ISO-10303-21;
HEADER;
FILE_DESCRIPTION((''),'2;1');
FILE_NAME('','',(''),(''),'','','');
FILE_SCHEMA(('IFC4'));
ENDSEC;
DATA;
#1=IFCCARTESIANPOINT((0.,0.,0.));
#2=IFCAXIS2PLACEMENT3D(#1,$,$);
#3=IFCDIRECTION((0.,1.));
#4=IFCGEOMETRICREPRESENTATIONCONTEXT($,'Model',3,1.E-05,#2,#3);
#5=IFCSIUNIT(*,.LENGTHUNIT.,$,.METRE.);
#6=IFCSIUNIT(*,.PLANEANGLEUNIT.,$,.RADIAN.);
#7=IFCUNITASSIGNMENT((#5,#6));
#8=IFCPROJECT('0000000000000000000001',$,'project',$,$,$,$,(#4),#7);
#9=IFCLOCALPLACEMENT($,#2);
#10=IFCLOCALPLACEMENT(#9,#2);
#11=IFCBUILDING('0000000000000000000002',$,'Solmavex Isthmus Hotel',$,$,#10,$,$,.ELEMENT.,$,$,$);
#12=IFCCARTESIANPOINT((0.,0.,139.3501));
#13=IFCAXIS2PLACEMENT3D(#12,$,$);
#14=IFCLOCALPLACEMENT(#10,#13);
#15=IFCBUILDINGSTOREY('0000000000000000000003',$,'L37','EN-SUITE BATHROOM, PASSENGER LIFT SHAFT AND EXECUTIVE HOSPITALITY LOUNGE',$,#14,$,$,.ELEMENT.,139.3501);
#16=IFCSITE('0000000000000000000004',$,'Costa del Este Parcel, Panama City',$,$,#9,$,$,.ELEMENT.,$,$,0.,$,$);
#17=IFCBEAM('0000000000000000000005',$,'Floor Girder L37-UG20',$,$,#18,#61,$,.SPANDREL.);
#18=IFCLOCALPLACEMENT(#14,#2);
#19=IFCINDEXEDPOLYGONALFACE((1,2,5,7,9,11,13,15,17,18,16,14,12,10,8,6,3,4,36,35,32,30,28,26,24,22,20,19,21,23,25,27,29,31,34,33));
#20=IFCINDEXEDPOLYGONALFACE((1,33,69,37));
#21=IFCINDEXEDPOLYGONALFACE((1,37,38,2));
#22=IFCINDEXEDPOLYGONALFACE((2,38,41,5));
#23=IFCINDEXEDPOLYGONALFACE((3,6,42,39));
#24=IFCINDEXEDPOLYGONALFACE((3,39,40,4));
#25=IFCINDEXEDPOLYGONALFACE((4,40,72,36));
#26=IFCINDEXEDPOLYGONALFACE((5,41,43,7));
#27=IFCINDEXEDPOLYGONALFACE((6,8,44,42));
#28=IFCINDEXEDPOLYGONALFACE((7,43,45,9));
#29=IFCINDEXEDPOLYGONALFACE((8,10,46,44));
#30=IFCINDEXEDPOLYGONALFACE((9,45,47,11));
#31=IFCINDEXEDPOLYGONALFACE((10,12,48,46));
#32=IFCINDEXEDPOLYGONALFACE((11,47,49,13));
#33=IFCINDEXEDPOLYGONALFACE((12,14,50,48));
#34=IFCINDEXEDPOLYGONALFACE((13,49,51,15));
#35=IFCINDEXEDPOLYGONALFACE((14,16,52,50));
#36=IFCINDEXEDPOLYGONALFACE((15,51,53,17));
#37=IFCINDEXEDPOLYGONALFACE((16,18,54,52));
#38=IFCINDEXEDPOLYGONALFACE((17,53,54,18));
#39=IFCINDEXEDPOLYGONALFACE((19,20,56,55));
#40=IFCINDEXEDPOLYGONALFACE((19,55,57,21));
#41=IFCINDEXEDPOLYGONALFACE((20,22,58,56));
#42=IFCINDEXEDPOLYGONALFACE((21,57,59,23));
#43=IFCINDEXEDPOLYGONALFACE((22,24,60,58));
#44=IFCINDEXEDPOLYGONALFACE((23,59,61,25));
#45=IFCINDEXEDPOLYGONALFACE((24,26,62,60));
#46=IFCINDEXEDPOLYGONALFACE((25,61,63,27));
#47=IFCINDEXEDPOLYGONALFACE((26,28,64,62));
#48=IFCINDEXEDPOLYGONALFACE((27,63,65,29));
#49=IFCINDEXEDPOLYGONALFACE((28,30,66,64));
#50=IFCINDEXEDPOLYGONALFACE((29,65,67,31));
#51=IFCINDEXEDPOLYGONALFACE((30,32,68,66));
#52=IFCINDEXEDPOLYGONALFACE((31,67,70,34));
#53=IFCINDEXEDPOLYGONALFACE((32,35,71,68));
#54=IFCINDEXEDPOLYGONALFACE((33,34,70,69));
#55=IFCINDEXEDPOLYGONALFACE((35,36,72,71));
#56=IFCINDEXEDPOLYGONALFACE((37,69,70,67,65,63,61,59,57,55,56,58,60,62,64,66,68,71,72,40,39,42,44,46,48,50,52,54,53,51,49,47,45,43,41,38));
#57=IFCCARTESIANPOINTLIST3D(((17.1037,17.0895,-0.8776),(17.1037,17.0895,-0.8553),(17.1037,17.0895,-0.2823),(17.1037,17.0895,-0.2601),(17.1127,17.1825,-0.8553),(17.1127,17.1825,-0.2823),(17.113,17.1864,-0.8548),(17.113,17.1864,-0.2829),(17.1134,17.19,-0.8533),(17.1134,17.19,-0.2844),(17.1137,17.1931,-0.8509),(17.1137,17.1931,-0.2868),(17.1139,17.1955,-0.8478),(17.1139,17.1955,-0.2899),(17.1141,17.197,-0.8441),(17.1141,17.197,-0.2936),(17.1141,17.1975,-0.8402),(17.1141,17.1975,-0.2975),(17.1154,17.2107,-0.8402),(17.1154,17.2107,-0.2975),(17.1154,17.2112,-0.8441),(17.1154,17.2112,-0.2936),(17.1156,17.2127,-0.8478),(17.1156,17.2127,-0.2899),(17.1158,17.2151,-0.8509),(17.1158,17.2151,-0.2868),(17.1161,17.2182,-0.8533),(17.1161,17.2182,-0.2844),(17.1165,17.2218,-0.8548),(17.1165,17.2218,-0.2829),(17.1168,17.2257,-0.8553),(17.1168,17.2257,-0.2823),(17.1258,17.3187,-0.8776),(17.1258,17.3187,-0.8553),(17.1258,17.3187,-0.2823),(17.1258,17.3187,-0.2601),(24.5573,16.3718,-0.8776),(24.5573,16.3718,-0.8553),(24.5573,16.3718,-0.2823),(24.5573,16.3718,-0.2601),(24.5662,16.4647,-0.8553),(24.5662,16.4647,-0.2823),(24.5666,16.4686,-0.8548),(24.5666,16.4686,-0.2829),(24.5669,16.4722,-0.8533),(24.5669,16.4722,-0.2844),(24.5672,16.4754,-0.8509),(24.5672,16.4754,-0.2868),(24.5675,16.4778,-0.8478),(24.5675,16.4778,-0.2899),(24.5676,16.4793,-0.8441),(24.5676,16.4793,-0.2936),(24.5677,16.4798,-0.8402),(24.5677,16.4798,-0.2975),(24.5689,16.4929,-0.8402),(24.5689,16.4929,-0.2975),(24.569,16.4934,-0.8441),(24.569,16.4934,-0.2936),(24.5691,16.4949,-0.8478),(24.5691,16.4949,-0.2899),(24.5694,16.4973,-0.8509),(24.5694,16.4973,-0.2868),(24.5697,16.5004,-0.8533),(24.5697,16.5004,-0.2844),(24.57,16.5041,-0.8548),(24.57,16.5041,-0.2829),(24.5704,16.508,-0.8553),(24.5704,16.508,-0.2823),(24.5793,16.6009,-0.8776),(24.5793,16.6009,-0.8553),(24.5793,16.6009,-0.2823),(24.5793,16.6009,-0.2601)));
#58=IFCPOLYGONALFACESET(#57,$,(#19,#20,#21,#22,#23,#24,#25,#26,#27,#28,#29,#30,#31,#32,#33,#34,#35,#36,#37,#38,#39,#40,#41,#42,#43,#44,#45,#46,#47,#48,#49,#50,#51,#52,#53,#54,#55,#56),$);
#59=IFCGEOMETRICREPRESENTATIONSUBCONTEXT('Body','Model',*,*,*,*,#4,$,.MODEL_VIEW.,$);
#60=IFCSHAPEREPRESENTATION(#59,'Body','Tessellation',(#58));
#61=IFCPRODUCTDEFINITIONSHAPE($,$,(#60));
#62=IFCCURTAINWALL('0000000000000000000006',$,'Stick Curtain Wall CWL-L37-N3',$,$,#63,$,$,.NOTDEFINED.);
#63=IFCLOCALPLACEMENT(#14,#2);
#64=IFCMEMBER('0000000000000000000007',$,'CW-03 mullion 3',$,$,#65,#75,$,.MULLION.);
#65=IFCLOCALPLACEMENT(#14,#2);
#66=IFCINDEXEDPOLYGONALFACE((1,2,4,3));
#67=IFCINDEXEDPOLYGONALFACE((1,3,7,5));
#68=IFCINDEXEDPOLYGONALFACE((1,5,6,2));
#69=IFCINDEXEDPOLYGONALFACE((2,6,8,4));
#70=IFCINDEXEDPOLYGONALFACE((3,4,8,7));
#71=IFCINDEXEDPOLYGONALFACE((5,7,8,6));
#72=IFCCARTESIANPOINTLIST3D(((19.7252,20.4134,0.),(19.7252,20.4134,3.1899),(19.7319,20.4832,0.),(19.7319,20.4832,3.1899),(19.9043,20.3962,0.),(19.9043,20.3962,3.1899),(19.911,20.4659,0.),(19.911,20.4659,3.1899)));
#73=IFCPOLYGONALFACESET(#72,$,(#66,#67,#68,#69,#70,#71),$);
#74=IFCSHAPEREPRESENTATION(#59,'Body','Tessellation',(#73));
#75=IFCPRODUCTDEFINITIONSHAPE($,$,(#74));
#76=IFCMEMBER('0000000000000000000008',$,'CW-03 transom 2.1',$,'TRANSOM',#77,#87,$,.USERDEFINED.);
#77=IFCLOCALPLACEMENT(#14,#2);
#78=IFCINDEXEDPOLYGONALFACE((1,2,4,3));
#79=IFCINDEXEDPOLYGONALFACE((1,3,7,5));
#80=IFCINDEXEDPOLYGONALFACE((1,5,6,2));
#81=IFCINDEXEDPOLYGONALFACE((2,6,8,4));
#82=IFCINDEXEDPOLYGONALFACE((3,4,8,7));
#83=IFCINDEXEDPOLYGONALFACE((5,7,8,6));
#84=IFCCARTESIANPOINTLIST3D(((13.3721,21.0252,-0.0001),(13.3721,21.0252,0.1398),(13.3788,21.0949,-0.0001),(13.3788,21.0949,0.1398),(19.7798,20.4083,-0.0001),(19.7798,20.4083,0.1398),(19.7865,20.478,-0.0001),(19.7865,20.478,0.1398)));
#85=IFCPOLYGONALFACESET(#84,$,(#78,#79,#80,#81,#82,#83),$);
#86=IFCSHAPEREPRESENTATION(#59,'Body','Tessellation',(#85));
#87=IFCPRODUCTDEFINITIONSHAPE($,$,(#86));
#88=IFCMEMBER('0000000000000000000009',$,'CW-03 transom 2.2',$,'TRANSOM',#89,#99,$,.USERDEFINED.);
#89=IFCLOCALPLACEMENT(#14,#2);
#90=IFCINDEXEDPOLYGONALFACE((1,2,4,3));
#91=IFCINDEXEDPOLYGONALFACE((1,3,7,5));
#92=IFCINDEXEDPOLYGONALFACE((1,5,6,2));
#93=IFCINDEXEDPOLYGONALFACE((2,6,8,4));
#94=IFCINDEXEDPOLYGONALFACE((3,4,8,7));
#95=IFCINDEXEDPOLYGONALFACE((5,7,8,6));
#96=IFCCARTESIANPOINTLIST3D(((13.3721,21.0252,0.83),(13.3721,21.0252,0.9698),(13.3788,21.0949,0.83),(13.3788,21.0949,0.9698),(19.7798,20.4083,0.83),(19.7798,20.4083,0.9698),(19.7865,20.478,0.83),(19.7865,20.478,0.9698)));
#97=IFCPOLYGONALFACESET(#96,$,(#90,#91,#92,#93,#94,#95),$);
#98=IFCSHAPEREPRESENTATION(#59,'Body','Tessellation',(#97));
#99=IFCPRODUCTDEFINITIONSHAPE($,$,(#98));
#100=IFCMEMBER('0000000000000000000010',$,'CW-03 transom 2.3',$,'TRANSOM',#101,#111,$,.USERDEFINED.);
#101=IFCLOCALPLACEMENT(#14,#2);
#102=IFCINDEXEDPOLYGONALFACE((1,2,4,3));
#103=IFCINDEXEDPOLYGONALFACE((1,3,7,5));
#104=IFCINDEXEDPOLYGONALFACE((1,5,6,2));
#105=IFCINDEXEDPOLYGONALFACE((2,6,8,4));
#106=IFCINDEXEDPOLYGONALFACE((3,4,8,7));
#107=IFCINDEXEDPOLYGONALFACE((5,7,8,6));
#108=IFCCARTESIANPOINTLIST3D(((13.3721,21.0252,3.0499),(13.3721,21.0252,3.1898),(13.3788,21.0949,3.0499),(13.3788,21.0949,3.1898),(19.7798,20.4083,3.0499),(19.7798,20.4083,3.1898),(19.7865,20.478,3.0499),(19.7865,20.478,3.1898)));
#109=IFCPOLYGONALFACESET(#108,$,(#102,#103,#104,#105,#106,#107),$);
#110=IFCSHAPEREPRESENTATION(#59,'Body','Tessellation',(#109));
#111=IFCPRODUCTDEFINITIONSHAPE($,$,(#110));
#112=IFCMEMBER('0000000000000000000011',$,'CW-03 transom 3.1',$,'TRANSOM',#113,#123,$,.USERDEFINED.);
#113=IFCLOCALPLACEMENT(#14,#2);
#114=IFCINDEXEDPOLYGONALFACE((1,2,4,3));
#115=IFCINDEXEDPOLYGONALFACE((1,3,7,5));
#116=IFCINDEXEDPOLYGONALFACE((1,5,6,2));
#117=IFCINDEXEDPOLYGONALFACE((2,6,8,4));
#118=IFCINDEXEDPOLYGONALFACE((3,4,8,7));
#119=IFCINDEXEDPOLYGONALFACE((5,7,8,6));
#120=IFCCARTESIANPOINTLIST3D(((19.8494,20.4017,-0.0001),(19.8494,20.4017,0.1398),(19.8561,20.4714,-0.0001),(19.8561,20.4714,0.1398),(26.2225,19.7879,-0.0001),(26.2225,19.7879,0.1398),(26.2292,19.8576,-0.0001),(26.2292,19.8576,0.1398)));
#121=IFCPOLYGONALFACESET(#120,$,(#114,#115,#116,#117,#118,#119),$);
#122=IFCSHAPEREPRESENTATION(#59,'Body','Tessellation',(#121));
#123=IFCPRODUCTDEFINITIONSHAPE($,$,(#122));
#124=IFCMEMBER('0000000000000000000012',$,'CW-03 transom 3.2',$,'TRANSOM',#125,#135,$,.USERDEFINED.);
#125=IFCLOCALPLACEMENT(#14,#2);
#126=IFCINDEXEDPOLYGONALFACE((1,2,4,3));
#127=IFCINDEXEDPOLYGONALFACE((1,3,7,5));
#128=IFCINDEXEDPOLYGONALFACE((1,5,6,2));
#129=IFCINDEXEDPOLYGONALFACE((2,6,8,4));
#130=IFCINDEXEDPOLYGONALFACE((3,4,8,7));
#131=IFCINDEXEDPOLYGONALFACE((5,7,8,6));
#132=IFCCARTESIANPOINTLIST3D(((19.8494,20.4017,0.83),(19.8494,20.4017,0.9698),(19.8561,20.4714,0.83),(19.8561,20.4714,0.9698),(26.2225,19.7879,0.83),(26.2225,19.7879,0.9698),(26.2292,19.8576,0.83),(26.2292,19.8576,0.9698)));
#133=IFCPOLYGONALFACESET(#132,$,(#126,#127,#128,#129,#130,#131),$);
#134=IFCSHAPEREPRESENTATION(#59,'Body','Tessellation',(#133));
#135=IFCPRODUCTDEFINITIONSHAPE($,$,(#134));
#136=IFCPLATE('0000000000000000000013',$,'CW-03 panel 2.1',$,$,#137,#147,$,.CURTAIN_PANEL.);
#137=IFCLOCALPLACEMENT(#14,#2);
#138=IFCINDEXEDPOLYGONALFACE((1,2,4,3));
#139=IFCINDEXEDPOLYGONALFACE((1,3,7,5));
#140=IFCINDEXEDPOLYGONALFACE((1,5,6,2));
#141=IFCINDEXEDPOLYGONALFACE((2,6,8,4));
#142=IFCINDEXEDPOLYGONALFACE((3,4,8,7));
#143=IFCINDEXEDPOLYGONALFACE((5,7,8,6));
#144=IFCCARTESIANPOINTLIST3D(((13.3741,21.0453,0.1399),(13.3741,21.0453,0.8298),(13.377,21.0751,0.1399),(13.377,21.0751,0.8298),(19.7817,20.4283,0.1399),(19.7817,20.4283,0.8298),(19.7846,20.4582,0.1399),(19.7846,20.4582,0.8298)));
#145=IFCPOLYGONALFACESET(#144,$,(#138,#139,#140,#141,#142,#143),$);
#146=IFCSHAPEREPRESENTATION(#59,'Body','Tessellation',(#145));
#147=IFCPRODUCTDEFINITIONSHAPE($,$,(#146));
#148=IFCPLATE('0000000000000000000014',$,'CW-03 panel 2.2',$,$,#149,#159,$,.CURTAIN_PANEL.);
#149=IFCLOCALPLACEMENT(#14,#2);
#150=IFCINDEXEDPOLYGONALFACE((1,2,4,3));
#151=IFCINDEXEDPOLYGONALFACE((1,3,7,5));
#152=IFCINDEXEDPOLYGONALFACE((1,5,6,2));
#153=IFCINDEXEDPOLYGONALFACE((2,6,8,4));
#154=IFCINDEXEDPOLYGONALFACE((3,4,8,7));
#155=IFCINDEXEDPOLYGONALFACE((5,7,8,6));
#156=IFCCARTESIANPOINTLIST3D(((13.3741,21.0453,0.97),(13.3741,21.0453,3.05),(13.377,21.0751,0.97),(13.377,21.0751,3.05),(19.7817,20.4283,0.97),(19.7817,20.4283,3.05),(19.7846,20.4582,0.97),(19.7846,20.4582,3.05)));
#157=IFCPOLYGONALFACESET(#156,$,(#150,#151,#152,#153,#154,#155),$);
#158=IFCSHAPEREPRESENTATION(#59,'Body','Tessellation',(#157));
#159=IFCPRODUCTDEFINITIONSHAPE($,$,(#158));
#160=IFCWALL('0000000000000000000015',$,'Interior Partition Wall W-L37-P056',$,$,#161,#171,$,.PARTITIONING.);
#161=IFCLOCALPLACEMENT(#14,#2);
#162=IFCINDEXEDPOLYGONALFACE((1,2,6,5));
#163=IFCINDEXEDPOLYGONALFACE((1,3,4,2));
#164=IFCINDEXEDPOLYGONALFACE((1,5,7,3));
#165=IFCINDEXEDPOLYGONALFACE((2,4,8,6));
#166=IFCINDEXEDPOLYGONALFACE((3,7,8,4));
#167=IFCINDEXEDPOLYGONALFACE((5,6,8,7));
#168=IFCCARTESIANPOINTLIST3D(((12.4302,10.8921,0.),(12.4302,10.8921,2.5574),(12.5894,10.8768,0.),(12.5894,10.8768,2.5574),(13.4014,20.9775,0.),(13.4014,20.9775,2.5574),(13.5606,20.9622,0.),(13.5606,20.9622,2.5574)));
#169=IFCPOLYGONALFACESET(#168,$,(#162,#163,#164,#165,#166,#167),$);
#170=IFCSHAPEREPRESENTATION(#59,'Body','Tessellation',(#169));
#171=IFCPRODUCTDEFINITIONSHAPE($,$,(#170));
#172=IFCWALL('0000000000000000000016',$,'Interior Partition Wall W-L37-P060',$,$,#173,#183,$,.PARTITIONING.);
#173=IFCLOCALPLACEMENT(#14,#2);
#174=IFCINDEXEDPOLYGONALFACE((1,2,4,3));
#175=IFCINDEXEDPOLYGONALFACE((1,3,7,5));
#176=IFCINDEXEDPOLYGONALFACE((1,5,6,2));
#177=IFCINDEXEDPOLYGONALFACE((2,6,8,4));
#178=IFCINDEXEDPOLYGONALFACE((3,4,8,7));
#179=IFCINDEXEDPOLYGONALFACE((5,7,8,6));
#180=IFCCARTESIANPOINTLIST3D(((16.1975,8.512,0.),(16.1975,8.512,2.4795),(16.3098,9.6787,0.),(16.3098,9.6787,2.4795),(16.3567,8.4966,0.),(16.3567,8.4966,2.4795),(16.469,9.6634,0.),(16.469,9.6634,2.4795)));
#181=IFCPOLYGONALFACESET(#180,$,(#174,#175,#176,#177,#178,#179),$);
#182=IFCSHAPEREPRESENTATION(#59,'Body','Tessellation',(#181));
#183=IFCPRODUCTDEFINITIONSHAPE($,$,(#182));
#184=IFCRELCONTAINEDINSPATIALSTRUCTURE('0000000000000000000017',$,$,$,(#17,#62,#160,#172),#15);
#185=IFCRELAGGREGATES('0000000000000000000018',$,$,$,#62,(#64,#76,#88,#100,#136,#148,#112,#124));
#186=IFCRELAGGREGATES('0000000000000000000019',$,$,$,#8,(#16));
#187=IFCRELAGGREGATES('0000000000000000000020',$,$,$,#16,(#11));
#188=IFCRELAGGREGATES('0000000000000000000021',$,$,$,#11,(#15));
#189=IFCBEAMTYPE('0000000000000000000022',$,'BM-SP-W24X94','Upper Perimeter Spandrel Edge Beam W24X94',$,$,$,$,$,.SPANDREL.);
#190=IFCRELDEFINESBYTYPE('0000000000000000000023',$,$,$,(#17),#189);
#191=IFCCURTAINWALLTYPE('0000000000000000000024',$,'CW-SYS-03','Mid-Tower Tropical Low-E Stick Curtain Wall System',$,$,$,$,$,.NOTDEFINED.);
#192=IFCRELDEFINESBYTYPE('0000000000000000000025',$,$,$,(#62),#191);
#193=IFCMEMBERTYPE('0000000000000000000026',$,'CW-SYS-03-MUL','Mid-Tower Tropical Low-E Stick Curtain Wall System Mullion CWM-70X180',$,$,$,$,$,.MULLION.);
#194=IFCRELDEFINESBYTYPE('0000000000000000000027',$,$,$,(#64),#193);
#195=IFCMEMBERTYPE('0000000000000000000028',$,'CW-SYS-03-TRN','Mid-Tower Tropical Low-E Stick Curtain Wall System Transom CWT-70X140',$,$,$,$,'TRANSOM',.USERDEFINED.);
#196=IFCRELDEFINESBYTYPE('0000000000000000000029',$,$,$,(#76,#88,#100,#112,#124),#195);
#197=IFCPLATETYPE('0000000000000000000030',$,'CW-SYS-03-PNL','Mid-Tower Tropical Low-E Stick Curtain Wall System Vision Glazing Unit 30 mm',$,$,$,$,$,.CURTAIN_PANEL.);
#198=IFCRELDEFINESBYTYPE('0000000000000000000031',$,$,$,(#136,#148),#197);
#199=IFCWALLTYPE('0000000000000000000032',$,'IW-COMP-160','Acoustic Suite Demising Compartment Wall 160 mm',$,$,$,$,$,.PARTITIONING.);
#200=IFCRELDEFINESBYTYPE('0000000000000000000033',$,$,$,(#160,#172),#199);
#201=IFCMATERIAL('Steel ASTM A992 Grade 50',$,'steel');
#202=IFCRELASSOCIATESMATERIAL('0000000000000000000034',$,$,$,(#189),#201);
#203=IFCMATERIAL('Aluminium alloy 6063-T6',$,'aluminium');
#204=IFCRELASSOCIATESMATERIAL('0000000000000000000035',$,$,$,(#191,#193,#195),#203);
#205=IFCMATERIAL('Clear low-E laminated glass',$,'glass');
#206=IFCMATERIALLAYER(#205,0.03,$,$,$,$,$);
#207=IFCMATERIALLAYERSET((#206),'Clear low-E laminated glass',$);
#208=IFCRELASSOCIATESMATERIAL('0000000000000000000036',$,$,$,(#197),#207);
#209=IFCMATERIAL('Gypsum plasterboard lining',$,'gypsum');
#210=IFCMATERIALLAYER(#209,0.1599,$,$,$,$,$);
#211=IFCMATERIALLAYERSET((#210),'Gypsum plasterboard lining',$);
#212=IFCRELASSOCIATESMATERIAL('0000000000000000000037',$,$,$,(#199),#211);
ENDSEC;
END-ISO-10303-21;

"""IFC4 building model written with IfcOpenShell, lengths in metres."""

from ifc_helpers import new_model, si_unit, direction, frame, frame_2d, origin, origin_2d, place, context, subcontext, project, spatial, rectangle, i_section, extrude, material, layer, layer_set, material_profile, profile_set, type_object, element, aggregate, save


model = new_model("IFC4")

# Units and contexts
model_context = context("Model", 3, precision=1e-05, world=origin(), true_north=direction((0.0, 1.0)))
body_context = subcontext(model_context, "Body", "Model", "MODEL_VIEW")
ifc_project = project(units=[si_unit("LENGTHUNIT", "METRE"), si_unit("PLANEANGLEUNIT", "RADIAN")], contexts=[model_context])

# Site, building, storey
site_placement = place(None, origin())
site = spatial("IfcSite", under=ifc_project, at=site_placement, Name="Costa del Este Parcel, Panama City", CompositionType="ELEMENT", RefElevation=0.0)
building_placement = place(site_placement, origin())
building = spatial("IfcBuilding", under=site, at=building_placement, Name="Solmavex Isthmus Hotel", CompositionType="ELEMENT")
storey_placement = place(building_placement, frame((0.0, 0.0, 139.3501)))
storey = spatial("IfcBuildingStorey", under=building, at=storey_placement, Name="L37", Description="EN-SUITE BATHROOM, PASSENGER LIFT SHAFT AND EXECUTIVE HOSPITALITY LOUNGE", CompositionType="ELEMENT", Elevation=139.3501)

# Beam
ifc_material_1 = material(Name="Steel ASTM A992 Grade 50", Category="steel")
ifc_material_profile_1 = material_profile(ifc_material_1, i_section(OverallWidth=0.2302, OverallDepth=0.6174, WebThickness=0.0132, FlangeThickness=0.0222, FilletRadius=0.0151, at=origin_2d()), Name="W24X94")
ifc_profile_set_1 = profile_set([ifc_material_profile_1], Name="Steel ASTM A992 Grade 50")
beam_type_1 = type_object("IfcBeamType", Name="BM-SP-W24X94", Description="Upper Perimeter Spandrel Edge Beam W24X94", PredefinedType="SPANDREL", material=ifc_profile_set_1)
beam_1_placement = place(storey_placement, frame((17.1147, 17.2041, -0.5688), z_axis=(0.995395, -0.095855, 0.0), x_axis=(0.095855, 0.995395, 0.0)))
element("IfcBeam", 1, at=beam_1_placement, inside=storey, type_object=beam_type_1, Name="Floor Girder L37-UG20", PredefinedType="SPANDREL", context=body_context, shape_type="SweptSolid", body=[
    extrude(i_section(OverallWidth=0.2302, OverallDepth=0.6174, WebThickness=0.0132, FlangeThickness=0.0222, FilletRadius=0.0151, at=origin_2d()), origin(), (0.0, 0.0, 1.0), 7.488),
])

# Curtain wall, members, plates
ifc_material_2 = material(Name="Aluminium alloy 6063-T6", Category="aluminium")
curtain_wall_type = type_object("IfcCurtainWallType", Name="CW-SYS-03", Description="Mid-Tower Tropical Low-E Stick Curtain Wall System", PredefinedType="NOTDEFINED", material=ifc_material_2)
curtain_wall_placement = place(storey_placement, origin())
curtain_wall = element("IfcCurtainWall", 2, at=curtain_wall_placement, inside=storey, type_object=curtain_wall_type, Name="Stick Curtain Wall CWL-L37-N3", PredefinedType="NOTDEFINED")
ifc_material_profile_2 = material_profile(ifc_material_2, rectangle(XDim=0.0701, YDim=0.1799, at=origin_2d()), Name="CWM-70X180")
ifc_profile_set_2 = profile_set([ifc_material_profile_2], Name="Aluminium alloy 6063-T6")
member_type_1 = type_object("IfcMemberType", Name="CW-SYS-03-MUL", Description="Mid-Tower Tropical Low-E Stick Curtain Wall System Mullion CWM-70X180", PredefinedType="MULLION", material=ifc_profile_set_2)
member_1_placement = place(storey_placement, frame((19.8181, 20.4397, 0.0), z_axis=(0.0, 0.0, 1.0), x_axis=(0.095846, 0.995396, 0.0)))
member_1 = element("IfcMember", 3, at=member_1_placement, type_object=member_type_1, Name="CW-03 mullion 3", PredefinedType="MULLION", context=body_context, shape_type="SweptSolid", body=[
    extrude(rectangle(XDim=0.0701, YDim=0.1799, at=origin_2d()), origin(), (0.0, 0.0, 1.0), 3.1899),
])
ifc_material_profile_3 = material_profile(ifc_material_2, rectangle(XDim=0.0701, YDim=0.1399, at=origin_2d()), Name="CWT-70X140")
ifc_profile_set_3 = profile_set([ifc_material_profile_3], Name="Aluminium alloy 6063-T6")
member_type_2 = type_object("IfcMemberType", Name="CW-SYS-03-TRN", Description="Mid-Tower Tropical Low-E Stick Curtain Wall System Transom CWT-70X140", ElementType="TRANSOM", PredefinedType="USERDEFINED", material=ifc_profile_set_3)
member_2_placement = place(storey_placement, frame((13.3755, 21.0601, 0.0698), z_axis=(0.995397, -0.095838, 0.0), x_axis=(0.095838, 0.995397, 0.0)))
member_2 = element("IfcMember", 4, at=member_2_placement, type_object=member_type_2, Name="CW-03 transom 2.1", ObjectType="TRANSOM", PredefinedType="USERDEFINED", context=body_context, shape_type="SweptSolid", body=[
    extrude(rectangle(XDim=0.0701, YDim=0.1399, at=origin_2d()), origin(), (0.0, 0.0, 1.0), 6.4373),
])
member_3_placement = place(storey_placement, frame((13.3755, 21.0601, 0.8999), z_axis=(0.995397, -0.095838, 0.0), x_axis=(0.095838, 0.995397, 0.0)))
member_3 = element("IfcMember", 5, at=member_3_placement, type_object=member_type_2, Name="CW-03 transom 2.2", ObjectType="TRANSOM", PredefinedType="USERDEFINED", context=body_context, shape_type="SweptSolid", body=[
    extrude(rectangle(XDim=0.0701, YDim=0.1399, at=origin_2d()), origin(), (0.0, 0.0, 1.0), 6.4373),
])
member_4_placement = place(storey_placement, frame((13.3755, 21.0601, 3.1199), z_axis=(0.995397, -0.095838, 0.0), x_axis=(0.095838, 0.995397, 0.0)))
member_4 = element("IfcMember", 6, at=member_4_placement, type_object=member_type_2, Name="CW-03 transom 2.3", ObjectType="TRANSOM", PredefinedType="USERDEFINED", context=body_context, shape_type="SweptSolid", body=[
    extrude(rectangle(XDim=0.0701, YDim=0.1399, at=origin_2d()), origin(), (0.0, 0.0, 1.0), 6.4373),
])
member_5_placement = place(storey_placement, frame((19.8528, 20.4365, 0.0698), z_axis=(0.995394, -0.095864, 0.0), x_axis=(0.095864, 0.995394, 0.0)))
member_5 = element("IfcMember", 7, at=member_5_placement, type_object=member_type_2, Name="CW-03 transom 3.1", ObjectType="TRANSOM", PredefinedType="USERDEFINED", context=body_context, shape_type="SweptSolid", body=[
    extrude(rectangle(XDim=0.0701, YDim=0.1399, at=origin_2d()), origin(), (0.0, 0.0, 1.0), 6.4026),
])
member_6_placement = place(storey_placement, frame((19.8528, 20.4365, 0.8999), z_axis=(0.995394, -0.095864, 0.0), x_axis=(0.095864, 0.995394, 0.0)))
member_6 = element("IfcMember", 8, at=member_6_placement, type_object=member_type_2, Name="CW-03 transom 3.2", ObjectType="TRANSOM", PredefinedType="USERDEFINED", context=body_context, shape_type="SweptSolid", body=[
    extrude(rectangle(XDim=0.0701, YDim=0.1399, at=origin_2d()), origin(), (0.0, 0.0, 1.0), 6.4026),
])
ifc_material_3 = material(Name="Clear low-E laminated glass", Category="glass")
ifc_layer_1 = layer(ifc_material_3, 0.03)
ifc_layer_set_1 = layer_set([ifc_layer_1], Name="Clear low-E laminated glass")
plate_type = type_object("IfcPlateType", Name="CW-SYS-03-PNL", Description="Mid-Tower Tropical Low-E Stick Curtain Wall System Vision Glazing Unit 30 mm", PredefinedType="CURTAIN_PANEL", material=ifc_layer_set_1)
plate_1_placement = place(storey_placement, frame((16.5793, 20.7517, 0.1399), z_axis=(0.0, 0.0, 1.0), x_axis=(0.995396, -0.095846, 0.0)))
plate_1 = element("IfcPlate", 9, at=plate_1_placement, type_object=plate_type, Name="CW-03 panel 2.1", PredefinedType="CURTAIN_PANEL", context=body_context, shape_type="SweptSolid", body=[
    extrude(rectangle(XDim=6.4373, YDim=0.03, at=origin_2d()), origin(), (0.0, 0.0, 1.0), 0.6899),
])
plate_2_placement = place(storey_placement, frame((16.5793, 20.7517, 0.97), z_axis=(0.0, 0.0, 1.0), x_axis=(0.995396, -0.095846, 0.0)))
plate_2 = element("IfcPlate", 10, at=plate_2_placement, type_object=plate_type, Name="CW-03 panel 2.2", PredefinedType="CURTAIN_PANEL", context=body_context, shape_type="SweptSolid", body=[
    extrude(rectangle(XDim=6.4373, YDim=0.03, at=origin_2d()), origin(), (0.0, 0.0, 1.0), 2.0801),
])
aggregate(curtain_wall, [member_1, member_2, member_3, member_4, plate_1, plate_2, member_5, member_6])

# Walls
ifc_material_4 = material(Name="Gypsum plasterboard lining", Category="gypsum")
ifc_layer_2 = layer(ifc_material_4, 0.1599)
ifc_layer_set_2 = layer_set([ifc_layer_2], Name="Gypsum plasterboard lining")
wall_type_1 = type_object("IfcWallType", Name="IW-COMP-160", Description="Acoustic Suite Demising Compartment Wall 160 mm", PredefinedType="PARTITIONING", material=ifc_layer_set_2)
wall_1_placement = place(storey_placement, frame((13.481, 20.9697, 0.0), z_axis=(0.0, 0.0, 1.0), x_axis=(-0.095853, -0.995396, 0.0)))
element("IfcWall", 11, at=wall_1_placement, inside=storey, type_object=wall_type_1, Name="Interior Partition Wall W-L37-P056", PredefinedType="PARTITIONING", context=body_context, shape_type="SweptSolid", body=[
    extrude(rectangle(XDim=10.1321, YDim=0.1599, at=frame_2d((5.0659, 0.0))), origin(), (0.0, 0.0, 1.0), 2.5574),
])
wall_2_placement = place(storey_placement, frame((16.3894, 9.6709, 0.0), z_axis=(0.0, 0.0, 1.0), x_axis=(-0.095812, -0.995399, 0.0)))
element("IfcWall", 12, at=wall_2_placement, inside=storey, type_object=wall_type_1, Name="Interior Partition Wall W-L37-P060", PredefinedType="PARTITIONING", context=body_context, shape_type="SweptSolid", body=[
    extrude(rectangle(XDim=1.1721, YDim=0.1599, at=frame_2d((0.5859, 0.0))), origin(), (0.0, 0.0, 1.0), 2.4795),
])

save(model, "model.ifc")
